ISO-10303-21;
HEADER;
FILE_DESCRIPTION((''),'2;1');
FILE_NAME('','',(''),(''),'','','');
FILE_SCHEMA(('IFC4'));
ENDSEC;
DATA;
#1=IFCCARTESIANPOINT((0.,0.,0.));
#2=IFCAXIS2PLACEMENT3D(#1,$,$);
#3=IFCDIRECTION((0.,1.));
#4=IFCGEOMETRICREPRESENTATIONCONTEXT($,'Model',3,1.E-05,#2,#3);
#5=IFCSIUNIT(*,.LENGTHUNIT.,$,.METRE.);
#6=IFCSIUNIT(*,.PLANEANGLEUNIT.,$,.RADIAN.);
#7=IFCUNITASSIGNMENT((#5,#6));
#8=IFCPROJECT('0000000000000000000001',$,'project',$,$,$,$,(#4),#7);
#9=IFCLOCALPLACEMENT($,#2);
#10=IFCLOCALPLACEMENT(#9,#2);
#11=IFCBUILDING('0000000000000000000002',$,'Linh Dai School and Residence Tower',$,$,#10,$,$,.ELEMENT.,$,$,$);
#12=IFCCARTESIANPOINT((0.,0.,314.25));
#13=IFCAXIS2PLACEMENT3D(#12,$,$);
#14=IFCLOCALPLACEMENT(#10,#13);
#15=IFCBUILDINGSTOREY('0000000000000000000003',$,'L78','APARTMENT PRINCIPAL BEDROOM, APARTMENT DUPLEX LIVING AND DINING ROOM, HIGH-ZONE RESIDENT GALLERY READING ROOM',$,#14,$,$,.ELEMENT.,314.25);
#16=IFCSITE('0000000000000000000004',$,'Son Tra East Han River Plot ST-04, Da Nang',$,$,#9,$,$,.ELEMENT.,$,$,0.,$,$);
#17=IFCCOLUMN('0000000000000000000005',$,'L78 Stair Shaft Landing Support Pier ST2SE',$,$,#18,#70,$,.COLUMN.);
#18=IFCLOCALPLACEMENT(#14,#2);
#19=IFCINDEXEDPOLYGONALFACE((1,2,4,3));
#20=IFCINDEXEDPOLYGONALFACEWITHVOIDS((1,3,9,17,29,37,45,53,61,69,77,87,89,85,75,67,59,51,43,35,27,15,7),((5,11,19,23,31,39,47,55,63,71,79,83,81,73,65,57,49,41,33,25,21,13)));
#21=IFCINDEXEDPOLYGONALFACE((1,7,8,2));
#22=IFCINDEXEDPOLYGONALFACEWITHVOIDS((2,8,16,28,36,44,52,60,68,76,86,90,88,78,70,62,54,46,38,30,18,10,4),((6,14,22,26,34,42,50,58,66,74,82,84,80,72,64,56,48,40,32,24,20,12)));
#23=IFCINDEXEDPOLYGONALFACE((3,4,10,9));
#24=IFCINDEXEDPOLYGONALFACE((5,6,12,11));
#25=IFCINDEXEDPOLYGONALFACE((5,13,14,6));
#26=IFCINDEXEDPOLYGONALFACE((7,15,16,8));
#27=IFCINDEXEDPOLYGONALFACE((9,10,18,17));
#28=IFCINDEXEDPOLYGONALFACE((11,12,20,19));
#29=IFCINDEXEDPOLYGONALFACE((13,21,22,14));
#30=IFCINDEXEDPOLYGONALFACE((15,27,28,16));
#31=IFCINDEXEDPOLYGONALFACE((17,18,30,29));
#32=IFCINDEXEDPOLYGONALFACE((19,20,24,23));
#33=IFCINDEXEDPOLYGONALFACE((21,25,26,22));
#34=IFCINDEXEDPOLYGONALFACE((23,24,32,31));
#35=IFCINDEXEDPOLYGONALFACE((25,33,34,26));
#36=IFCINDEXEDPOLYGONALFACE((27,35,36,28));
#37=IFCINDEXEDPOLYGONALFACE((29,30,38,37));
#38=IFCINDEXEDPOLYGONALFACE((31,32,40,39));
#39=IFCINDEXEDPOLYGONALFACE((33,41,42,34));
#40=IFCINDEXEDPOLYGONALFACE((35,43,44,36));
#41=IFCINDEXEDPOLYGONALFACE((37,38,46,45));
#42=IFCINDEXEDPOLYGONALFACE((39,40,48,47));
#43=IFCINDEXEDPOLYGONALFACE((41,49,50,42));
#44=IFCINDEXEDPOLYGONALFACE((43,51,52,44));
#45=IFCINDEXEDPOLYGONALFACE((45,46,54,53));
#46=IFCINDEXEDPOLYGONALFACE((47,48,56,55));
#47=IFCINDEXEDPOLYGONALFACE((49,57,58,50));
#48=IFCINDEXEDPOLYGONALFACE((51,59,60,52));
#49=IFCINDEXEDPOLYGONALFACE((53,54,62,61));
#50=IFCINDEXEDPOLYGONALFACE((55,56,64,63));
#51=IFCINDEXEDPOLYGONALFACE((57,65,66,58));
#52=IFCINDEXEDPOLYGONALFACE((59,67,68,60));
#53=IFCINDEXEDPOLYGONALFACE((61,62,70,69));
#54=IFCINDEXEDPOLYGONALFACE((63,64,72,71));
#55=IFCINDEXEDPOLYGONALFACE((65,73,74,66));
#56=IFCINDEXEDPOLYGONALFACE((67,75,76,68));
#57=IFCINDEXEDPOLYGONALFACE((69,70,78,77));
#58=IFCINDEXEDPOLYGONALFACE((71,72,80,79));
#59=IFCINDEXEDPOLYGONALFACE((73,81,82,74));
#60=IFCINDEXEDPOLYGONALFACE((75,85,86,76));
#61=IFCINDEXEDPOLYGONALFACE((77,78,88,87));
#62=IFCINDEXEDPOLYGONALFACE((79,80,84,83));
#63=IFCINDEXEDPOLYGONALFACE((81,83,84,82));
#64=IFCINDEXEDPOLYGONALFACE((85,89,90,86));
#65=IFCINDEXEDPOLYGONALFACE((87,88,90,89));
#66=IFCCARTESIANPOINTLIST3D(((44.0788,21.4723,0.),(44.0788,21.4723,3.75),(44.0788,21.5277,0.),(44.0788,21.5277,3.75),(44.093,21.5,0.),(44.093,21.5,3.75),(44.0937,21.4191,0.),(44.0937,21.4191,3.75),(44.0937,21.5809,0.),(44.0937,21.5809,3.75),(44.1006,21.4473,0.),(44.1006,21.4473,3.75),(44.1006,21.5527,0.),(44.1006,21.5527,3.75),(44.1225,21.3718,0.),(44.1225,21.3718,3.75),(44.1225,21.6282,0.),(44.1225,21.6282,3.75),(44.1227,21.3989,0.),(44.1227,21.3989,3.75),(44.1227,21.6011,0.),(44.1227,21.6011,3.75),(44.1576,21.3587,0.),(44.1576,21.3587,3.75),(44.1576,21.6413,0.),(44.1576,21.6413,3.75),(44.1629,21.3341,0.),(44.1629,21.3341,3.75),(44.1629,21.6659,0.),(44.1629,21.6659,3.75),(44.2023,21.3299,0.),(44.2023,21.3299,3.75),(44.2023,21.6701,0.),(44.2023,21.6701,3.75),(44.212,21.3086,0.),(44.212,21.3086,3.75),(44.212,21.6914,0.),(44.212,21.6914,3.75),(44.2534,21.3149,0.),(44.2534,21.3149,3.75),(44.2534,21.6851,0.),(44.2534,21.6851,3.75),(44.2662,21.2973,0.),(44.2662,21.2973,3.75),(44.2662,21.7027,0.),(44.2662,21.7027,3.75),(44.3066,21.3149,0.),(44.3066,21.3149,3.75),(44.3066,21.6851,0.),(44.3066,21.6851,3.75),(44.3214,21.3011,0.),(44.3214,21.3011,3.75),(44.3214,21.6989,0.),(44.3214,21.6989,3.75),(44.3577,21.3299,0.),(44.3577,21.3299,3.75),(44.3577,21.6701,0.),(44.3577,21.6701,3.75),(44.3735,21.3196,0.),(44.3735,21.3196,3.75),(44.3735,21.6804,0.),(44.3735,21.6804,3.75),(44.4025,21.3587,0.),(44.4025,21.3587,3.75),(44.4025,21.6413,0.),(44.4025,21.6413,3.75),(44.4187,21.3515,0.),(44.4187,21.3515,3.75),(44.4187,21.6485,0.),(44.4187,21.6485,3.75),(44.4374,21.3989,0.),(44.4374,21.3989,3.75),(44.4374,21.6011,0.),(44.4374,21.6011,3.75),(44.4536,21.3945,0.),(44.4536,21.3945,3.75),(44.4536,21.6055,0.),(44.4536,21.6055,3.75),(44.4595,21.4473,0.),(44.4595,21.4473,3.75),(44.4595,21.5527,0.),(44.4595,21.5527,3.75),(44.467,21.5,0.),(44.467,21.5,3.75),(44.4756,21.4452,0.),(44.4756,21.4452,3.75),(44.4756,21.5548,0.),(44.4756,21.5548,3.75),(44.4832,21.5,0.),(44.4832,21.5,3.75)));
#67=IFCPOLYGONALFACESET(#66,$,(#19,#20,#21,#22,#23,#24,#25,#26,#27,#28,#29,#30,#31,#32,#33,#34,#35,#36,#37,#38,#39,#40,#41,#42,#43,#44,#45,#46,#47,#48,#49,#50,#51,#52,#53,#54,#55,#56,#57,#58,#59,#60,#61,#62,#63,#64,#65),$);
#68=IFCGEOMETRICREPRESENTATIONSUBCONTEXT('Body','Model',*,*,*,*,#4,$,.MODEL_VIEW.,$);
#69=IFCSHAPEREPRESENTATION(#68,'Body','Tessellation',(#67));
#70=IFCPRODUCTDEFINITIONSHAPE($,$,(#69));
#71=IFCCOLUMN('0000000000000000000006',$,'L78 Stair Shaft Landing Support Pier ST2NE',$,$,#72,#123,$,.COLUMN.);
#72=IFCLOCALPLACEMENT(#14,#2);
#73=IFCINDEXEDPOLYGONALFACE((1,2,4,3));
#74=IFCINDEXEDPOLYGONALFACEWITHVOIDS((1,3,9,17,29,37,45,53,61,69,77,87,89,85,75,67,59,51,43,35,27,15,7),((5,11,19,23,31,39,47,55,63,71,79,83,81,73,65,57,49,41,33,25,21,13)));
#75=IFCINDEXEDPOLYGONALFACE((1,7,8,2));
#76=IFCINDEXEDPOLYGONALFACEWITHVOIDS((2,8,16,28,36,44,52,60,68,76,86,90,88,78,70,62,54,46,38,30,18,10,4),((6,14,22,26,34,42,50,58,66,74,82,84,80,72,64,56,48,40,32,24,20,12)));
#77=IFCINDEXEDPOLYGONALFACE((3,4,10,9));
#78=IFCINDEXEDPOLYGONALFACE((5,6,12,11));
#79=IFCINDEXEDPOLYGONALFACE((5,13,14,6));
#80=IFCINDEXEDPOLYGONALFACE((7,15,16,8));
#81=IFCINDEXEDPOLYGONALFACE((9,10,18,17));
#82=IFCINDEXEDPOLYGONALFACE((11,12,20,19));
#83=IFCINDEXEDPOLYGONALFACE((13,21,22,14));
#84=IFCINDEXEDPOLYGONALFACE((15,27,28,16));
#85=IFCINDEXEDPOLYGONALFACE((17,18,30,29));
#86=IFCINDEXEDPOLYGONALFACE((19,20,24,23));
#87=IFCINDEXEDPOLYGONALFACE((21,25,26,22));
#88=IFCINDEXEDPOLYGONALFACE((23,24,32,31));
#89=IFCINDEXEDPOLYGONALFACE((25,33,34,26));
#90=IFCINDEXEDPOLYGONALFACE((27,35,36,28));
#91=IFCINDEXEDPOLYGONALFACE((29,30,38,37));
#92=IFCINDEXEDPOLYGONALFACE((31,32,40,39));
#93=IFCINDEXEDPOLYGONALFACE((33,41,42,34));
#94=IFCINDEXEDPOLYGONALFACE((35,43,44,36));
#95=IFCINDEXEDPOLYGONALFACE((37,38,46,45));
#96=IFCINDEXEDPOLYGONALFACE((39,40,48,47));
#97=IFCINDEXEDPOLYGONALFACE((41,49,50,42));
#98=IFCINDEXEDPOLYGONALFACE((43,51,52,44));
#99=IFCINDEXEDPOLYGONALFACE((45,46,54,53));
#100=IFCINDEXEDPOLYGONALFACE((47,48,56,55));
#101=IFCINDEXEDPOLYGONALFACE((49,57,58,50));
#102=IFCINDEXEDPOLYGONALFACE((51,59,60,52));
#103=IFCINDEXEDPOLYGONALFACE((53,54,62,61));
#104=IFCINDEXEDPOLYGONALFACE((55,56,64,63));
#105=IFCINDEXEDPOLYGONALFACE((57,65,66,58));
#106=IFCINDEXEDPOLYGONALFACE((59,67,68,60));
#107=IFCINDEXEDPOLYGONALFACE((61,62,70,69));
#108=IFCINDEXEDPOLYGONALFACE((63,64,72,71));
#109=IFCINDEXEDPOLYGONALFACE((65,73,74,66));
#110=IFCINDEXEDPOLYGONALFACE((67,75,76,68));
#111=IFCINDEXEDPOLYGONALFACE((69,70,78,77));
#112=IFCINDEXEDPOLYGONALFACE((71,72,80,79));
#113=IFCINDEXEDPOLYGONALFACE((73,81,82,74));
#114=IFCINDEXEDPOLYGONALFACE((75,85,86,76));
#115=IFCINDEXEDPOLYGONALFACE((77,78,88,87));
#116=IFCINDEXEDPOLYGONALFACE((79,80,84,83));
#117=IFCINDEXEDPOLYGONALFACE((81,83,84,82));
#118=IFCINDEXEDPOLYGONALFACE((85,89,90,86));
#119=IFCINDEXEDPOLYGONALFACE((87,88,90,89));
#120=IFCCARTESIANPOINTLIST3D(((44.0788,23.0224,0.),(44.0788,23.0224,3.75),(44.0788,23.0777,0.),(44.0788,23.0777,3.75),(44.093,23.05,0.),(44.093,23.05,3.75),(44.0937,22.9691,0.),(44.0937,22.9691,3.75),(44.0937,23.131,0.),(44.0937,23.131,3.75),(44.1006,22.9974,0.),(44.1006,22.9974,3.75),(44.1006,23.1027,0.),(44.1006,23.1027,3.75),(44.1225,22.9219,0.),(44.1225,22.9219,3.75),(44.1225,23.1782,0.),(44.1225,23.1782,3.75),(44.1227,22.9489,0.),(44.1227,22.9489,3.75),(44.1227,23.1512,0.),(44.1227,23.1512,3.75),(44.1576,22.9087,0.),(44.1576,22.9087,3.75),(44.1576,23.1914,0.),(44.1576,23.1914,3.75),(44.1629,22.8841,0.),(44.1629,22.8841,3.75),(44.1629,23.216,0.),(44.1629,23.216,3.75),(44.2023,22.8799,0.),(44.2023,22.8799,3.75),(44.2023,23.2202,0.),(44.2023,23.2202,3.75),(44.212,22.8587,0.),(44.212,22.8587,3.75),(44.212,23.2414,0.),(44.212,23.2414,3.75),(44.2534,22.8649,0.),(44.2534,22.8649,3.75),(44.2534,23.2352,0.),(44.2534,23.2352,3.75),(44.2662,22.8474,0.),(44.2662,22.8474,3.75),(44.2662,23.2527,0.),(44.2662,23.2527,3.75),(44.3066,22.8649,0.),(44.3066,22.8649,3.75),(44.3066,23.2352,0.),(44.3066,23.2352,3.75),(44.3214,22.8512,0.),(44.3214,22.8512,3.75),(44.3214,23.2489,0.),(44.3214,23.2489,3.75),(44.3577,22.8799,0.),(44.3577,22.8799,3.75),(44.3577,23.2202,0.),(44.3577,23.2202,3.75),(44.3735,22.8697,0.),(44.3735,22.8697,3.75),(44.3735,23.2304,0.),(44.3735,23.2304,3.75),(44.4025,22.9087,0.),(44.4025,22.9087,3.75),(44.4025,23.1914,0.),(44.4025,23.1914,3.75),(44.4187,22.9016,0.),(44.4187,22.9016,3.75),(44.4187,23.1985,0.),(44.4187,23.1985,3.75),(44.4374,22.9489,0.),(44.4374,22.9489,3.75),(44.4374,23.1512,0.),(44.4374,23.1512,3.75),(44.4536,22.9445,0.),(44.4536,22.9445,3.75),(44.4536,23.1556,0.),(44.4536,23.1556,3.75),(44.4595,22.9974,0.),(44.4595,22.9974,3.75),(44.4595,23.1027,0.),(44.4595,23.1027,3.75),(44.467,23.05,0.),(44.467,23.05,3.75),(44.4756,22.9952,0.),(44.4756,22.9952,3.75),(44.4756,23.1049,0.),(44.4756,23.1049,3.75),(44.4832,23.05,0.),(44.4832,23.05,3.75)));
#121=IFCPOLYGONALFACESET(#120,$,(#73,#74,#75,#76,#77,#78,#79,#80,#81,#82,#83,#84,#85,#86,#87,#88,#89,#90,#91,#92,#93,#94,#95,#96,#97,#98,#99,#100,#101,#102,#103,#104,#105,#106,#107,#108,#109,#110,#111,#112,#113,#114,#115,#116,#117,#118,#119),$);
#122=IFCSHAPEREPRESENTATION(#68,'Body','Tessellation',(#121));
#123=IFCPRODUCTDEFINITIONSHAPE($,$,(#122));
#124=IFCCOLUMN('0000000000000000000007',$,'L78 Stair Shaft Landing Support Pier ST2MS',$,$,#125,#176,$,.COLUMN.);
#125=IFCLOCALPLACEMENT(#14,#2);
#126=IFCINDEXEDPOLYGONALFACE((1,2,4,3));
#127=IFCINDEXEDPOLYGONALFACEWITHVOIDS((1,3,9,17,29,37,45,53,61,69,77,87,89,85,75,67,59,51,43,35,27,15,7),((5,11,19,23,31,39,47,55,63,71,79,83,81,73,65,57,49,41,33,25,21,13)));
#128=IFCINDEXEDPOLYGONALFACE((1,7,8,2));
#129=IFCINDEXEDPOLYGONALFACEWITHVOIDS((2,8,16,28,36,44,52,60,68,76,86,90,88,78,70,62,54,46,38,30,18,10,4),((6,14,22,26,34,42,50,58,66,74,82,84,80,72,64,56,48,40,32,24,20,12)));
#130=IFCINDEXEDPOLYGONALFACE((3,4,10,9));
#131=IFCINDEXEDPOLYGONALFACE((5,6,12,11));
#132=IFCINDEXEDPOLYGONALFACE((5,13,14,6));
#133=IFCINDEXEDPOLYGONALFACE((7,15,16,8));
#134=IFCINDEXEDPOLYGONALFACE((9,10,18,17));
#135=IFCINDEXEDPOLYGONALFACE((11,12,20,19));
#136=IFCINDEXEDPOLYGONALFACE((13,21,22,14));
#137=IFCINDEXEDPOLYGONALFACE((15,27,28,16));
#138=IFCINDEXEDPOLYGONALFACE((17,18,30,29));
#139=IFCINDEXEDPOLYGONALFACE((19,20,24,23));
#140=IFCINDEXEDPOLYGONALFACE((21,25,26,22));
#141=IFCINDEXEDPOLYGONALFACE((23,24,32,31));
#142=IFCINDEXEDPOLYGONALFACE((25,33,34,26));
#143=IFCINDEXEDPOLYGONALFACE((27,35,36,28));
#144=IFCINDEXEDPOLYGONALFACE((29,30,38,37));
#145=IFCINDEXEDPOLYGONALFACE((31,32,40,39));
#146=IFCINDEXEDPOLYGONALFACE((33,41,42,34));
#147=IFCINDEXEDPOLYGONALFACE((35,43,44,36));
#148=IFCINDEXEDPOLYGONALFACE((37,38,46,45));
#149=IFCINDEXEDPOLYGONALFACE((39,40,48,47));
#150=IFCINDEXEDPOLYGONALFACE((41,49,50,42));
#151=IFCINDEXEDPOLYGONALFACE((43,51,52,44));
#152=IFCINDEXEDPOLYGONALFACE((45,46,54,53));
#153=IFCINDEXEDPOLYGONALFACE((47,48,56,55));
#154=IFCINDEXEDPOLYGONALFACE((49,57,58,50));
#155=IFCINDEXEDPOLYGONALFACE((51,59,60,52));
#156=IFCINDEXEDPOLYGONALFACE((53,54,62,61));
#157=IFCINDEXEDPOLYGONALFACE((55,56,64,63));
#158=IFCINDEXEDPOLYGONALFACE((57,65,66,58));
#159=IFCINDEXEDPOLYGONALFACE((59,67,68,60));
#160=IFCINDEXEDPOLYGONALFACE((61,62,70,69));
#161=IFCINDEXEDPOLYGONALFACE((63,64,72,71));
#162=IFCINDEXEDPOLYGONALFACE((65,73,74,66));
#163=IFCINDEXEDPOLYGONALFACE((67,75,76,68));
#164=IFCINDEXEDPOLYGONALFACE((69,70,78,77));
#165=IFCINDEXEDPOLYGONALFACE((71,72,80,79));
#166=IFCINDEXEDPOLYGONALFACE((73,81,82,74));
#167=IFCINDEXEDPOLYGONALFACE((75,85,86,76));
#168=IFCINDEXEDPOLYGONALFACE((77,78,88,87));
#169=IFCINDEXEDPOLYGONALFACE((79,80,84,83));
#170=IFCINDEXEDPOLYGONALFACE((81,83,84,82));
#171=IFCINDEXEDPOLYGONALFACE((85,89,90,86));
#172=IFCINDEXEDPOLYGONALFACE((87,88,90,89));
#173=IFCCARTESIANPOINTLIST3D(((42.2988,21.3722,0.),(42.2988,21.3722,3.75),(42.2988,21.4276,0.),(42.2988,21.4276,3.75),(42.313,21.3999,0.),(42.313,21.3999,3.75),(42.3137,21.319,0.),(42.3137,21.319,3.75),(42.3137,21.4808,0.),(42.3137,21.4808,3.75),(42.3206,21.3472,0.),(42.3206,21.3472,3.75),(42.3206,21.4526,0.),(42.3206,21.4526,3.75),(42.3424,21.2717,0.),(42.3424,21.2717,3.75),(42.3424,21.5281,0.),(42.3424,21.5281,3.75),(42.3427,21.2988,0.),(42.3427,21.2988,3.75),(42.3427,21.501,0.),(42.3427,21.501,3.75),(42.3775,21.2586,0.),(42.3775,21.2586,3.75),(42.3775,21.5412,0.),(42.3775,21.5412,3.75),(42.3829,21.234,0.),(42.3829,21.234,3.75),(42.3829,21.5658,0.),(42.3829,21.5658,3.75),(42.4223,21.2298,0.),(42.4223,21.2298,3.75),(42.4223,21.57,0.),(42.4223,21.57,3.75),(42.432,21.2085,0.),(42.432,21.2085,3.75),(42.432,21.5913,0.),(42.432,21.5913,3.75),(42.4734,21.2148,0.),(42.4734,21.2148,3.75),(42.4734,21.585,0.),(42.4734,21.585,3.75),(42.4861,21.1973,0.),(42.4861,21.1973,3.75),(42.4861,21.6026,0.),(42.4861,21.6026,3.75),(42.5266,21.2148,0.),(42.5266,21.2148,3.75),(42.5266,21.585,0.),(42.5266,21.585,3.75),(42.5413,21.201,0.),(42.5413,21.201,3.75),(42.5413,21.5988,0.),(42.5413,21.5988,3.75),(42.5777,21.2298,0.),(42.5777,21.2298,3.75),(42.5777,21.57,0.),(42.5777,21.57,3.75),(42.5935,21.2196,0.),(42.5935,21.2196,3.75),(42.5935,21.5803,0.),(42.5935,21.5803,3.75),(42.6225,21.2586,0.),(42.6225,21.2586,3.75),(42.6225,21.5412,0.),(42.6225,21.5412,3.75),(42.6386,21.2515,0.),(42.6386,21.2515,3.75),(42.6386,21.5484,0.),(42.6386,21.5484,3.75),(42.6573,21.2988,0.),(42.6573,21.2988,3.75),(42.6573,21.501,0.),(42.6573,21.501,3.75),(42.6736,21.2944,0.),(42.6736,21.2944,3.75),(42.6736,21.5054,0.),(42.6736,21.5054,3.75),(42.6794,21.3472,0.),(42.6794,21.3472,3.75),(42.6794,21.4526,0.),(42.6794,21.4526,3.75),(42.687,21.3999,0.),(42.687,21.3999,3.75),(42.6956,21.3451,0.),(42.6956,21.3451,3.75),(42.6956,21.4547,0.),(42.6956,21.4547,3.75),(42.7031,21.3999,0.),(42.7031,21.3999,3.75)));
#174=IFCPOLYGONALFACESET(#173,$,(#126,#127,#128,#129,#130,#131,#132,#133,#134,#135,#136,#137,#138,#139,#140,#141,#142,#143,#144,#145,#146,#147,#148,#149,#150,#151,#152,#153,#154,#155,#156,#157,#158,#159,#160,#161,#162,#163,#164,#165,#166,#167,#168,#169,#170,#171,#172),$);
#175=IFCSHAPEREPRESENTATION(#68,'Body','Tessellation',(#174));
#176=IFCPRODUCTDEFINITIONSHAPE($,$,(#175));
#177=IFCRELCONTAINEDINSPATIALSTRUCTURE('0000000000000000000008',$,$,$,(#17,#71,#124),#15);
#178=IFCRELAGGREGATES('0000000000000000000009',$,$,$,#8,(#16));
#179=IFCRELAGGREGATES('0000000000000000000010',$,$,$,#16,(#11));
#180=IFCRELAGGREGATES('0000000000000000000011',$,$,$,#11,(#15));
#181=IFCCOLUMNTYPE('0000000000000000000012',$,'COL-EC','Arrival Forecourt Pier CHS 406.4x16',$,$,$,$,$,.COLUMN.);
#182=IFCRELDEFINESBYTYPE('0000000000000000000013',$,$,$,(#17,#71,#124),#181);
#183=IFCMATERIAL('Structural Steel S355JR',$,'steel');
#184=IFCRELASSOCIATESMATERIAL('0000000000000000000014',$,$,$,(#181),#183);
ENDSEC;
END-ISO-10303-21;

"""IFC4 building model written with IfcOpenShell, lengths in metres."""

from ifc_helpers import new_model, si_unit, direction, frame, origin, origin_2d, place, context, subcontext, project, spatial, hollow_circle, extrude, material, material_profile, profile_set, type_object, element, save


model = new_model("IFC4")

# Units and contexts
model_context = context("Model", 3, precision=1e-05, world=origin(), true_north=direction((0.0, 1.0)))
body_context = subcontext(model_context, "Body", "Model", "MODEL_VIEW")
ifc_project = project(units=[si_unit("LENGTHUNIT", "METRE"), si_unit("PLANEANGLEUNIT", "RADIAN")], contexts=[model_context])

# Site, building, storey
site_placement = place(None, origin())
site = spatial("IfcSite", under=ifc_project, at=site_placement, Name="Son Tra East Han River Plot ST-04, Da Nang", CompositionType="ELEMENT", RefElevation=0.0)
building_placement = place(site_placement, origin())
building = spatial("IfcBuilding", under=site, at=building_placement, Name="Linh Dai School and Residence Tower", CompositionType="ELEMENT")
storey_placement = place(building_placement, frame((0.0, 0.0, 314.25)))
storey = spatial("IfcBuildingStorey", under=building, at=storey_placement, Name="L78", Description="APARTMENT PRINCIPAL BEDROOM, APARTMENT DUPLEX LIVING AND DINING ROOM, HIGH-ZONE RESIDENT GALLERY READING ROOM", CompositionType="ELEMENT", Elevation=314.25)

# Columns
ifc_material_1 = material(Name="Structural Steel S355JR", Category="steel")
ifc_material_profile_1 = material_profile(ifc_material_1, hollow_circle(Radius=0.2031, WallThickness=0.0161, at=origin_2d()), Name="CHS 406.4x16")
ifc_profile_set_1 = profile_set([ifc_material_profile_1], Name="Structural Steel S355JR")
column_type_1 = type_object("IfcColumnType", Name="COL-EC", Description="Arrival Forecourt Pier CHS 406.4x16", PredefinedType="COLUMN", material=ifc_profile_set_1)
for number, where, z_axis, x_axis, name in (
    (1, (44.28, 21.5, 0.0), (0.0, 0.0, 1.0), (1.0, 0.0, 0.0), "L78 Stair Shaft Landing Support Pier ST2SE"),
    (2, (44.28, 23.05, 0.0), (0.0, 0.0, 1.0), (1.0, 0.0, 0.0), "L78 Stair Shaft Landing Support Pier ST2NE"),
    (3, (42.5, 21.3999, 0.0), (0.0, 0.0, 1.0), (1.0, 0.0, 0.0), "L78 Stair Shaft Landing Support Pier ST2MS"),
):
    element("IfcColumn", number, at=place(storey_placement, frame(where, z_axis=z_axis, x_axis=x_axis)), inside=storey, type_object=column_type_1, Name=name, PredefinedType="COLUMN", context=body_context, shape_type="SweptSolid", body=[
        extrude(hollow_circle(Radius=0.2031, WallThickness=0.0161, at=origin_2d()), origin(), (0.0, 0.0, 1.0), 3.75),
    ])

save(model, "model.ifc")
